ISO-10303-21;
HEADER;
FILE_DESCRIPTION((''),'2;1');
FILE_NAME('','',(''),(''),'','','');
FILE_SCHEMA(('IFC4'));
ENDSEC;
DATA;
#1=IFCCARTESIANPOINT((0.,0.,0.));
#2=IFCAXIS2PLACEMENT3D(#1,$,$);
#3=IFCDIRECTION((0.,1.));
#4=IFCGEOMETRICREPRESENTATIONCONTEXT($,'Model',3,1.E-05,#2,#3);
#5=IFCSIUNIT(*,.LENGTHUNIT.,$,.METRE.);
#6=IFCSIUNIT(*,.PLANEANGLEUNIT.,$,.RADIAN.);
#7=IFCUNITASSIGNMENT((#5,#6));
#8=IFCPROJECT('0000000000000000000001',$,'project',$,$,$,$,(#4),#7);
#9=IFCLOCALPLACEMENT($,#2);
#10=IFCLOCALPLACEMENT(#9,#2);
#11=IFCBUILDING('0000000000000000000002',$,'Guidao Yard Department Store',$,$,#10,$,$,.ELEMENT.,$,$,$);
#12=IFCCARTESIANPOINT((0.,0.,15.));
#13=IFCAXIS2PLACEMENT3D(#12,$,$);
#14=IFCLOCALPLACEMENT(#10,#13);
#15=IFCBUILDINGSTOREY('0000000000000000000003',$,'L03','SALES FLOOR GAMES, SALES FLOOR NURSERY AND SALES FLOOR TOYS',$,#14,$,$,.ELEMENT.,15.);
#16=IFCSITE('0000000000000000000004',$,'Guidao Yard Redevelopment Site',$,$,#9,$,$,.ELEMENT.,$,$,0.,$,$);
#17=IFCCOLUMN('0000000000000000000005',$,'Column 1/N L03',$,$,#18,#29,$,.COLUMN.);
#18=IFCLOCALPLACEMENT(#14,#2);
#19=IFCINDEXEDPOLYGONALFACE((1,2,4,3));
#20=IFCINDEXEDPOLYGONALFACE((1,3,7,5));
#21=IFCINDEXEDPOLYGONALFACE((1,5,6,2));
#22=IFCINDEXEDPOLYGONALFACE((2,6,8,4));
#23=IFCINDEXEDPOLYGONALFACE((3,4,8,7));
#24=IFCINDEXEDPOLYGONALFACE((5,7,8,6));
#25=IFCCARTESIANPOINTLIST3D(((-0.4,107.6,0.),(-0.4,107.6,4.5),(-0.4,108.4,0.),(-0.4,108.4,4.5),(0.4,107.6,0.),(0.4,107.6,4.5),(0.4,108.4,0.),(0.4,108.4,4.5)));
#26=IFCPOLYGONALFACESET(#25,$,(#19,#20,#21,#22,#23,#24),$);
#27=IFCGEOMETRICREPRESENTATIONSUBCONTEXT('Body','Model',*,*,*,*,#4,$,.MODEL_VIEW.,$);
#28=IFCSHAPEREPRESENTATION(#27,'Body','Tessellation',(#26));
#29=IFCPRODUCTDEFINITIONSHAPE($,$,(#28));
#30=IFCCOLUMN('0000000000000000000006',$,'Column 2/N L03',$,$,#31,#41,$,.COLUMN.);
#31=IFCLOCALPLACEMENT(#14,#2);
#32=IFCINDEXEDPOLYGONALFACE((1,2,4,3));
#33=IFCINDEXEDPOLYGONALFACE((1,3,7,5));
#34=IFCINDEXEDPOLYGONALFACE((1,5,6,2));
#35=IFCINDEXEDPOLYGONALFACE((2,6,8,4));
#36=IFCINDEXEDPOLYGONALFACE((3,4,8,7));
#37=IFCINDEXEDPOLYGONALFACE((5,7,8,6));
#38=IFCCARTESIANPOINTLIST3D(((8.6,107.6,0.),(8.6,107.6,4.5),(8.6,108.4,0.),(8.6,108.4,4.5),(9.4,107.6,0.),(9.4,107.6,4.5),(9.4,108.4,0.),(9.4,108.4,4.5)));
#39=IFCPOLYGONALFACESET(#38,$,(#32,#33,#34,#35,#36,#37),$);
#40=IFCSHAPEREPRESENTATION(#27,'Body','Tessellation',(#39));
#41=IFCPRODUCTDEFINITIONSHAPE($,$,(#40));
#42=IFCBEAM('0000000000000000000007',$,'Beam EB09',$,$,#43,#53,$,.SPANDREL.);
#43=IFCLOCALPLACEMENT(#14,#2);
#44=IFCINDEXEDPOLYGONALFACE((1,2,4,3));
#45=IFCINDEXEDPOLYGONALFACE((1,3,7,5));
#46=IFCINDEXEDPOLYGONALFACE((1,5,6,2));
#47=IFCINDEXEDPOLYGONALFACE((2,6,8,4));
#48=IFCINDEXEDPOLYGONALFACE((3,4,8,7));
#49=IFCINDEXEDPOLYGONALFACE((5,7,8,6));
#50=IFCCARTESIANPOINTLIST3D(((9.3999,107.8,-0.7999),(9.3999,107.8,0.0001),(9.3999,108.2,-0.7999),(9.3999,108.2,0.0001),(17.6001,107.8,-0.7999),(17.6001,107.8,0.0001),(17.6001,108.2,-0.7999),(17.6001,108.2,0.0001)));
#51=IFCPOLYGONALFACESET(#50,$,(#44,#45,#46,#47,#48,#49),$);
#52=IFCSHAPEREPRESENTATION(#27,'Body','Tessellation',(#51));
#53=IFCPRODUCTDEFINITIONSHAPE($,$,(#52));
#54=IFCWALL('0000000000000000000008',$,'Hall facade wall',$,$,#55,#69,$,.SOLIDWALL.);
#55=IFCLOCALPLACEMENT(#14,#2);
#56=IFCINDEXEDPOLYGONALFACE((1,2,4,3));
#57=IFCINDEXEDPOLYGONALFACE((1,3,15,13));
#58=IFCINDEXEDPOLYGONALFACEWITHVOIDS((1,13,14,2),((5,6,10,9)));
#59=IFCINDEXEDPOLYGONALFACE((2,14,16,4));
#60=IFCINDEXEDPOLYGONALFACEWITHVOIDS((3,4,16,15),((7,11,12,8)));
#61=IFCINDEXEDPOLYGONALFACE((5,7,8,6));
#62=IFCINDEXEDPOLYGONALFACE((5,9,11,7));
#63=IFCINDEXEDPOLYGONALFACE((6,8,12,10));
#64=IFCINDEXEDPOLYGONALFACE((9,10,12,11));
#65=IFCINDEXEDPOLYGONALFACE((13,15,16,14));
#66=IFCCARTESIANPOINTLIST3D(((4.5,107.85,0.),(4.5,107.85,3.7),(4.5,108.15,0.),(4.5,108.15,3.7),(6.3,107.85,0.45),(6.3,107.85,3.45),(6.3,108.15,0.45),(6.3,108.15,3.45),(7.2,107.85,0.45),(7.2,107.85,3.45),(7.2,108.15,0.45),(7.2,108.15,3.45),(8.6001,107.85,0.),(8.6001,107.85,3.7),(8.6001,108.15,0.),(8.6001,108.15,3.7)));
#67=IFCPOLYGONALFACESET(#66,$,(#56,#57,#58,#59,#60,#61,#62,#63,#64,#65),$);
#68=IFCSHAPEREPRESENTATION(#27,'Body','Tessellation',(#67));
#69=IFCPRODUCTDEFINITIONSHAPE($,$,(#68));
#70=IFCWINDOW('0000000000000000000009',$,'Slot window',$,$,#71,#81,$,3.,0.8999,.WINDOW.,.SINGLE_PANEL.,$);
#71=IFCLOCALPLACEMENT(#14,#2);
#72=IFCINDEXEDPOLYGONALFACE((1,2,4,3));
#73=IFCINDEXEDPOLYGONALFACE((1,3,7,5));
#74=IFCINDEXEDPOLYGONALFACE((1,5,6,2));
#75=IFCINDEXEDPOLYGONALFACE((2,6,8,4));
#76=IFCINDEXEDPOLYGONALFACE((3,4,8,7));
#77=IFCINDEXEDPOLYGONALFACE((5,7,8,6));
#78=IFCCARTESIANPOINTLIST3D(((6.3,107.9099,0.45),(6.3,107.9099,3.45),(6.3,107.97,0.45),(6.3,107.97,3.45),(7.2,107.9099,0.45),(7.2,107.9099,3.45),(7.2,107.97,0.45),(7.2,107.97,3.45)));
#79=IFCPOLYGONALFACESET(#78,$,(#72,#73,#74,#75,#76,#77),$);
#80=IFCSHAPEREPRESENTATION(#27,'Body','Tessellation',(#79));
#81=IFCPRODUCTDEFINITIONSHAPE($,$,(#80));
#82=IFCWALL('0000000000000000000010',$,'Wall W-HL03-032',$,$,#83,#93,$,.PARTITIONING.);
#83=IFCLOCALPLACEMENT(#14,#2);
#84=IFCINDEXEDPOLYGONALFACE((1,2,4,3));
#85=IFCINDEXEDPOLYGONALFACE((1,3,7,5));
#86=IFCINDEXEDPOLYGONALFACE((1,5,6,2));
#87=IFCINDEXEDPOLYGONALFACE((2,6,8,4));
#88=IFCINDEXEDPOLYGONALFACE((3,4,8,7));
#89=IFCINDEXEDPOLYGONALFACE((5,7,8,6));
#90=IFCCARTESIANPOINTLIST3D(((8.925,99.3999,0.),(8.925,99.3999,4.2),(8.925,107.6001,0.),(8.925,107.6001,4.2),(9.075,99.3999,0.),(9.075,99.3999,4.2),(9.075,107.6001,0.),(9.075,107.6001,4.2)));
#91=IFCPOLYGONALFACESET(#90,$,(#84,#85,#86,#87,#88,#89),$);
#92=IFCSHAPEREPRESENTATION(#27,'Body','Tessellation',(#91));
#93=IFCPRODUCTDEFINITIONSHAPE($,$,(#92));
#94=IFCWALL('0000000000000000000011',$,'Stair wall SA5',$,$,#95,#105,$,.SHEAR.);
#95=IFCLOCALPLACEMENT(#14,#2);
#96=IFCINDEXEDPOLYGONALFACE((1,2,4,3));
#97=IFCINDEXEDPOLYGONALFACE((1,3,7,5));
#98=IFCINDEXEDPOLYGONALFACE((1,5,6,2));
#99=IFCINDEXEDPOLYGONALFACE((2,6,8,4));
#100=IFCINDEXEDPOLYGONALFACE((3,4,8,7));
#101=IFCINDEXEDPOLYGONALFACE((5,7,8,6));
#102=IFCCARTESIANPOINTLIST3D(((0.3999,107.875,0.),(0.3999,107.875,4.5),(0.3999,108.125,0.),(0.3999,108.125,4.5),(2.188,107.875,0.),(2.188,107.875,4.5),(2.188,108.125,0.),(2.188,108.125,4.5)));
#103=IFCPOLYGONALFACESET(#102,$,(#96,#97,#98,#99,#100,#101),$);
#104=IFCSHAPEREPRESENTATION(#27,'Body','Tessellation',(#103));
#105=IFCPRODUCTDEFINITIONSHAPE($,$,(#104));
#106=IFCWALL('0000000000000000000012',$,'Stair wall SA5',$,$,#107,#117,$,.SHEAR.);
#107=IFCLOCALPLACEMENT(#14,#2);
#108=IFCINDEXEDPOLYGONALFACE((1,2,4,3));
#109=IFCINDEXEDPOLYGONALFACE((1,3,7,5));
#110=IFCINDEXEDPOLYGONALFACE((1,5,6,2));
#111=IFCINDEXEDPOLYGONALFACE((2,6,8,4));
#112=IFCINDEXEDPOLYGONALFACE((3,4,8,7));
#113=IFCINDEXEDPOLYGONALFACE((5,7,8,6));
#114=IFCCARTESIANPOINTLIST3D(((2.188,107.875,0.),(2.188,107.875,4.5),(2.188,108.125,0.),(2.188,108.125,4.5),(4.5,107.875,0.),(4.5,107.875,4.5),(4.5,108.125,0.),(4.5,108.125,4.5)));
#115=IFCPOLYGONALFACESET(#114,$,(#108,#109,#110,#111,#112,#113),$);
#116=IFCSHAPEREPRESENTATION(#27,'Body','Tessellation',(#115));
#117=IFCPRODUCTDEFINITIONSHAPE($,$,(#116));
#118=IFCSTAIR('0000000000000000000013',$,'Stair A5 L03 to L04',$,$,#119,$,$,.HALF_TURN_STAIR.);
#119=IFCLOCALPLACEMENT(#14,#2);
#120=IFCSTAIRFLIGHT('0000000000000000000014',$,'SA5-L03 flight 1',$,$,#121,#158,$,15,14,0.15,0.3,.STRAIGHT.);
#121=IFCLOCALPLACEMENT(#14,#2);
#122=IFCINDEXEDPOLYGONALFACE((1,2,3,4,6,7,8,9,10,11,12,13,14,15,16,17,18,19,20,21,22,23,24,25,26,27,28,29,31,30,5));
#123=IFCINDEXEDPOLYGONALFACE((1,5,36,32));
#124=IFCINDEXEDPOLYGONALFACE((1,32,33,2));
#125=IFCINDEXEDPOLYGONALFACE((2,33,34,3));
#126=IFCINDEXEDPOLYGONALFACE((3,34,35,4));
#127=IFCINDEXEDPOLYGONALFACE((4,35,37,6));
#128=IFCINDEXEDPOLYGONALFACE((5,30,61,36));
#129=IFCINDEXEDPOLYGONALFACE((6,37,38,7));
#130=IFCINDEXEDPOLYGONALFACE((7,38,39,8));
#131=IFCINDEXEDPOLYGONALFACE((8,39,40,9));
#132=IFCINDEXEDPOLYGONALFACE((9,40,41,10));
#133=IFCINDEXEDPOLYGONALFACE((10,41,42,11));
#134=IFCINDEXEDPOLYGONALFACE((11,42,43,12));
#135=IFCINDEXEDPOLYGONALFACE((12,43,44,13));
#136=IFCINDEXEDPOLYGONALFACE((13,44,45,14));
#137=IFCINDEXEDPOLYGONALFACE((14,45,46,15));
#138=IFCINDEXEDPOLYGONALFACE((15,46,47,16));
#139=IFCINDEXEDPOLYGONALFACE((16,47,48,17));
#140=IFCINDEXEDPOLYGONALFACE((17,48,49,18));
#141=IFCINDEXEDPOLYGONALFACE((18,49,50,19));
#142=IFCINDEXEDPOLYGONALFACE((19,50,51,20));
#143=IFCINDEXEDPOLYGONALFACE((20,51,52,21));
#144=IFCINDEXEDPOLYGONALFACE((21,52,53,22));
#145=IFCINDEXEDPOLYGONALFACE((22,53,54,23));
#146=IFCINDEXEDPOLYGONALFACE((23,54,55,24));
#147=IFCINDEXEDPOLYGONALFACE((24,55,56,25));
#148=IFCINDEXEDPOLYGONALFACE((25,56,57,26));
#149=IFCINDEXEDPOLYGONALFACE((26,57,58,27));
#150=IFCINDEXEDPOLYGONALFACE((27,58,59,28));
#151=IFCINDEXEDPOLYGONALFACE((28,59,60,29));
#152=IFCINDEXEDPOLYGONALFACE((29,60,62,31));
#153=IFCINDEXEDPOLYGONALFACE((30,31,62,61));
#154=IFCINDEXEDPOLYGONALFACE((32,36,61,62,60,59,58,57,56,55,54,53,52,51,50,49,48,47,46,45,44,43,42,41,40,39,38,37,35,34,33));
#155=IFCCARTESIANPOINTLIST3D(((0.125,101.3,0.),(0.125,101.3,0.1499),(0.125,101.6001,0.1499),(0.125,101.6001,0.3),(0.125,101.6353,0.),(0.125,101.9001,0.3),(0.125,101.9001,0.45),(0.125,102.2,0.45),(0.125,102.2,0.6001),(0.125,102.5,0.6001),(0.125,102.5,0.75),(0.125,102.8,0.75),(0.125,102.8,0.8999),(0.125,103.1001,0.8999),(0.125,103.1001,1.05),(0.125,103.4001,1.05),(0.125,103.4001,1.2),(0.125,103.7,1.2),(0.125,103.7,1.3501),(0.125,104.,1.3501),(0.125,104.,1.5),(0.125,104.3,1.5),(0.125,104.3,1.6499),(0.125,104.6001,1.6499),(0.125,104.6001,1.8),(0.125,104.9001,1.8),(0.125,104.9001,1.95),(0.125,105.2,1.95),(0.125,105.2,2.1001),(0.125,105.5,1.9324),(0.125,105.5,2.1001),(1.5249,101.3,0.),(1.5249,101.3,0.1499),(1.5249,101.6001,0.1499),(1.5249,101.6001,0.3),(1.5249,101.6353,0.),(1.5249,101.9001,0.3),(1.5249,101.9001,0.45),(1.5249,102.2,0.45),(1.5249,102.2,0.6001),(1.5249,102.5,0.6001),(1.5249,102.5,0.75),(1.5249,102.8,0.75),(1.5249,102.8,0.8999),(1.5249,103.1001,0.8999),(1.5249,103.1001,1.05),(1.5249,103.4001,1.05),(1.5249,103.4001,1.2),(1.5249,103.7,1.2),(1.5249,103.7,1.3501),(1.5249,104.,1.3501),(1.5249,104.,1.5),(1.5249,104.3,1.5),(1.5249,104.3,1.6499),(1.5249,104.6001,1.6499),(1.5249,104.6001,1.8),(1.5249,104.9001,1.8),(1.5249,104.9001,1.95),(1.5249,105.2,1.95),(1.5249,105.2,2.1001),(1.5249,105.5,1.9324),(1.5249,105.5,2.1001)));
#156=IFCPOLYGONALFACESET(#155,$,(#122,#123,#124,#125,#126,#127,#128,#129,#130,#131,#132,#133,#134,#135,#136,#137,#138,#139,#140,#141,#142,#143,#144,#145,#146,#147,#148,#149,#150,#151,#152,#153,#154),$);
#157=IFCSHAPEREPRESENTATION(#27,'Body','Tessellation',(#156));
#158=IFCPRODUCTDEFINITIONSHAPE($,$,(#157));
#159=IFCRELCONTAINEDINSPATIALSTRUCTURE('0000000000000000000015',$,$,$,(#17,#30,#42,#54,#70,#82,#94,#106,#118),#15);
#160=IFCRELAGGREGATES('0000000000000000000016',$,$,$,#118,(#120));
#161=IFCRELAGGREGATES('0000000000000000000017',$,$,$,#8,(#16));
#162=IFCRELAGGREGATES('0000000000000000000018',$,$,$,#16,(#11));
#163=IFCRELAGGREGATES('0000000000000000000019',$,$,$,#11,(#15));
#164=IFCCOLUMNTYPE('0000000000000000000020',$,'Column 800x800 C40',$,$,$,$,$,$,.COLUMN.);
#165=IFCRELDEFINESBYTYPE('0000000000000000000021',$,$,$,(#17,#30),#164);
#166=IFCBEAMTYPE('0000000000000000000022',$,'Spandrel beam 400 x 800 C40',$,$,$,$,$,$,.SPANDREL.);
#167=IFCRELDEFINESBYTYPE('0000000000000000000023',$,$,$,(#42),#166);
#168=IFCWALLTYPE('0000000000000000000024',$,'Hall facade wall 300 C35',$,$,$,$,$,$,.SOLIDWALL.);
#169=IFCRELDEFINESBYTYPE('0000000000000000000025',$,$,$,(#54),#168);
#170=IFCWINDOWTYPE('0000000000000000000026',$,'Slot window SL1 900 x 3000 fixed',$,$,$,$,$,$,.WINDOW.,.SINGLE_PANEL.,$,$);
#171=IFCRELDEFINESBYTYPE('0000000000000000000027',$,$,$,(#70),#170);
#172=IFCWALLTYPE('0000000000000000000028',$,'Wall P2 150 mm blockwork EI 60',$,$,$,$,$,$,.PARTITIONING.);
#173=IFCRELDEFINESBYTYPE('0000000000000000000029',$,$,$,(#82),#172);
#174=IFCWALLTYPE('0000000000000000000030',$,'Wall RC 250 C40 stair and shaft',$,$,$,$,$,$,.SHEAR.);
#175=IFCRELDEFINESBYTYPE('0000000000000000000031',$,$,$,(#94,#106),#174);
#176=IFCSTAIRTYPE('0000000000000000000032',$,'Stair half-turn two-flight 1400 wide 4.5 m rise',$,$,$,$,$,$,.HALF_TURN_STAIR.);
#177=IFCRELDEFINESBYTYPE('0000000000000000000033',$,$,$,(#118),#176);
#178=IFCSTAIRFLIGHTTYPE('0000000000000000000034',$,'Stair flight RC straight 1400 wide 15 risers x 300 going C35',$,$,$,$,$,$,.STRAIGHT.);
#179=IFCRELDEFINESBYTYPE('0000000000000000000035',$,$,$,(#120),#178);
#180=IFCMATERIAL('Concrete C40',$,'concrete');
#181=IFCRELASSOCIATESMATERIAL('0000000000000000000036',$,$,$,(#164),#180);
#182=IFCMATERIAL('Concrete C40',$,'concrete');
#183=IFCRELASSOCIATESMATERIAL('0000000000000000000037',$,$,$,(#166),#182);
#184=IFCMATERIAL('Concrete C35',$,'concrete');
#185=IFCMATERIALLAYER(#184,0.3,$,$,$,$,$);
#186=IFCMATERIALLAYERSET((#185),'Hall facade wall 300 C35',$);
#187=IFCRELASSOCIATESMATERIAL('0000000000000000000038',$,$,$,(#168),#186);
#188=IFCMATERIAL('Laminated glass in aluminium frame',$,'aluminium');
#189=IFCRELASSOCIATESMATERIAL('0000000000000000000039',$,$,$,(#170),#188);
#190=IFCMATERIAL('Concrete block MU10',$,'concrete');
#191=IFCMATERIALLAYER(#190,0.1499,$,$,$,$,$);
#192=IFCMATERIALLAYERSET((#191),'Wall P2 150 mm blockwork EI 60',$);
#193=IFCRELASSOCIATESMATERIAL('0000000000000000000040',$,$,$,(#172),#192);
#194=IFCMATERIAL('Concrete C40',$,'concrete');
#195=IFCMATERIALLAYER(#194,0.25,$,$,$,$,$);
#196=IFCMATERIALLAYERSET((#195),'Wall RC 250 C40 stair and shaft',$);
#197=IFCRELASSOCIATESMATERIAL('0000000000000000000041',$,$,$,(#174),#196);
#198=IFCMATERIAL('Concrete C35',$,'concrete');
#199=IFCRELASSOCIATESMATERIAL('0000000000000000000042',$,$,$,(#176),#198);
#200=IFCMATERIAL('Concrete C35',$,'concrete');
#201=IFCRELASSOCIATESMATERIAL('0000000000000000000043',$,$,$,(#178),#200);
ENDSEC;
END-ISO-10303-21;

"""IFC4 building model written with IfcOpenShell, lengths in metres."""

from ifc_helpers import new_model, si_unit, direction, frame, frame_2d, origin, origin_2d, place, context, subcontext, project, spatial, polyline, rectangle, outline, extrude, material, layer, layer_set, material_profile, profile_set, type_object, element, fill, aggregate, save


model = new_model("IFC4")

# Units and contexts
model_context = context("Model", 3, precision=1e-05, world=origin(), true_north=direction((0.0, 1.0)))
body_context = subcontext(model_context, "Body", "Model", "MODEL_VIEW")
ifc_project = project(units=[si_unit("LENGTHUNIT", "METRE"), si_unit("PLANEANGLEUNIT", "RADIAN")], contexts=[model_context])

# Site, building, storey
site_placement = place(None, origin())
site = spatial("IfcSite", under=ifc_project, at=site_placement, Name="Guidao Yard Redevelopment Site", CompositionType="ELEMENT", RefElevation=0.0)
building_placement = place(site_placement, origin())
building = spatial("IfcBuilding", under=site, at=building_placement, Name="Guidao Yard Department Store", CompositionType="ELEMENT")
storey_placement = place(building_placement, frame((0.0, 0.0, 15.0)))
storey = spatial("IfcBuildingStorey", under=building, at=storey_placement, Name="L03", Description="SALES FLOOR GAMES, SALES FLOOR NURSERY AND SALES FLOOR TOYS", CompositionType="ELEMENT", Elevation=15.0)

# Columns
ifc_material_1 = material(Name="Concrete C40", Category="concrete")
ifc_material_profile_1 = material_profile(ifc_material_1, rectangle(XDim=0.8, YDim=0.8, at=origin_2d()), Name="COL 800x800")
ifc_profile_set_1 = profile_set([ifc_material_profile_1], Name="Concrete C40")
column_type = type_object("IfcColumnType", Name="Column 800x800 C40", PredefinedType="COLUMN", material=ifc_profile_set_1)
for number, where, z_axis, x_axis, name in (
    (1, (0.0, 108.0, 0.0), (0.0, 0.0, 1.0), (1.0, 0.0, 0.0), "Column 1/N L03"),
    (2, (9.0, 108.0, 0.0), (0.0, 0.0, 1.0), (1.0, 0.0, 0.0), "Column 2/N L03"),
):
    element("IfcColumn", number, at=place(storey_placement, frame(where, z_axis=z_axis, x_axis=x_axis)), inside=storey, type_object=column_type, Name=name, PredefinedType="COLUMN", context=body_context, shape_type="SweptSolid", body=[
        extrude(rectangle(XDim=0.8, YDim=0.8, at=origin_2d()), origin(), (0.0, 0.0, 1.0), 4.5),
    ])

# Beam
ifc_material_2 = material(Name="Concrete C40", Category="concrete")
ifc_material_profile_2 = material_profile(ifc_material_2, rectangle(XDim=0.3999, YDim=0.8, at=origin_2d()), Name="Spandrel beam 400 x 800 C40")
ifc_profile_set_2 = profile_set([ifc_material_profile_2], Name="Concrete C40")
beam_type = type_object("IfcBeamType", Name="Spandrel beam 400 x 800 C40", PredefinedType="SPANDREL", material=ifc_profile_set_2)
beam_placement = place(storey_placement, frame((9.3999, 108.0, -0.3999), z_axis=(1.0, 0.0, 0.0), x_axis=(0.0, 1.0, 0.0)))
element("IfcBeam", 3, at=beam_placement, inside=storey, type_object=beam_type, Name="Beam EB09", PredefinedType="SPANDREL", context=body_context, shape_type="SweptSolid", body=[
    extrude(rectangle(XDim=0.3999, YDim=0.8, at=origin_2d()), origin(), (0.0, 0.0, 1.0), 8.2002),
])

# Wall, opening, window
ifc_material_3 = material(Name="Concrete C35", Category="concrete")
ifc_layer_1 = layer(ifc_material_3, 0.3)
ifc_layer_set_1 = layer_set([ifc_layer_1], Name="Hall facade wall 300 C35")
wall_type_1 = type_object("IfcWallType", Name="Hall facade wall 300 C35", PredefinedType="SOLIDWALL", material=ifc_layer_set_1)
wall_1_placement = place(storey_placement, frame((4.5, 108.0, 0.0), z_axis=(0.0, 0.0, 1.0), x_axis=(1.0, 0.0, 0.0)))
wall_1 = element("IfcWall", 4, at=wall_1_placement, inside=storey, type_object=wall_type_1, Name="Hall facade wall", PredefinedType="SOLIDWALL", context=body_context, shape_type="SweptSolid", body=[
    extrude(rectangle(XDim=4.1001, YDim=0.3, at=frame_2d((2.05, 0.0))), origin(), (0.0, 0.0, 1.0), 3.7),
])
opening_placement = place(wall_1_placement, frame((1.8, 0.0, 0.45)))
opening = element("IfcOpeningElement", 5, at=opening_placement, cuts=wall_1, PredefinedType="OPENING", context=body_context, shape_type="SweptSolid", body=[
    extrude(rectangle(XDim=0.8999, YDim=3.0, at=frame_2d((0.45, 1.5))), frame((0.0, 0.1599, 0.0), z_axis=(0.0, -1.0, 0.0), x_axis=(1.0, 0.0, 0.0)), (0.0, 0.0, 1.0), 0.3201),
])
ifc_material_4 = material(Name="Laminated glass in aluminium frame", Category="aluminium")
window_type = type_object("IfcWindowType", Name="Slot window SL1 900 x 3000 fixed", PartitioningType="SINGLE_PANEL", PredefinedType="WINDOW", material=ifc_material_4)
window_placement = place(opening_placement, origin())
window = element("IfcWindow", 6, at=window_placement, inside=storey, type_object=window_type, Name="Slot window", OverallHeight=3.0, OverallWidth=0.8999, PartitioningType="SINGLE_PANEL", PredefinedType="WINDOW", context=body_context, shape_type="SweptSolid", body=[
    extrude(rectangle(XDim=0.8999, YDim=3.0, at=frame_2d((0.45, 1.5))), frame((0.0, -0.03, 0.0), z_axis=(0.0, -1.0, 0.0), x_axis=(1.0, 0.0, 0.0)), (0.0, 0.0, 1.0), 0.0601),
])
fill(opening, window)

# Walls
ifc_material_5 = material(Name="Concrete block MU10", Category="concrete")
ifc_layer_2 = layer(ifc_material_5, 0.1499)
ifc_layer_set_2 = layer_set([ifc_layer_2], Name="Wall P2 150 mm blockwork EI 60")
wall_type_2 = type_object("IfcWallType", Name="Wall P2 150 mm blockwork EI 60", PredefinedType="PARTITIONING", material=ifc_layer_set_2)
wall_2_placement = place(storey_placement, frame((9.0, 99.3999, 0.0), z_axis=(0.0, 0.0, 1.0), x_axis=(0.0, 1.0, 0.0)))
element("IfcWall", 7, at=wall_2_placement, inside=storey, type_object=wall_type_2, Name="Wall W-HL03-032", PredefinedType="PARTITIONING", context=body_context, shape_type="SweptSolid", body=[
    extrude(rectangle(XDim=8.2002, YDim=0.1499, at=frame_2d((4.1001, 0.0))), origin(), (0.0, 0.0, 1.0), 4.2),
])
ifc_material_6 = material(Name="Concrete C40", Category="concrete")
ifc_layer_3 = layer(ifc_material_6, 0.25)
ifc_layer_set_3 = layer_set([ifc_layer_3], Name="Wall RC 250 C40 stair and shaft")
wall_type_3 = type_object("IfcWallType", Name="Wall RC 250 C40 stair and shaft", PredefinedType="SHEAR", material=ifc_layer_set_3)
wall_3_placement = place(storey_placement, frame((0.3999, 108.0, 0.0), z_axis=(0.0, 0.0, 1.0), x_axis=(1.0, 0.0, 0.0)))
element("IfcWall", 8, at=wall_3_placement, inside=storey, type_object=wall_type_3, Name="Stair wall SA5", PredefinedType="SHEAR", context=body_context, shape_type="SweptSolid", body=[
    extrude(rectangle(XDim=1.7881, YDim=0.25, at=frame_2d((0.894, 0.0))), origin(), (0.0, 0.0, 1.0), 4.5),
])
wall_4_placement = place(storey_placement, frame((2.188, 108.0, 0.0), z_axis=(0.0, 0.0, 1.0), x_axis=(1.0, 0.0, 0.0)))
element("IfcWall", 9, at=wall_4_placement, inside=storey, type_object=wall_type_3, Name="Stair wall SA5", PredefinedType="SHEAR", context=body_context, shape_type="SweptSolid", body=[
    extrude(rectangle(XDim=2.312, YDim=0.25, at=frame_2d((1.156, 0.0))), origin(), (0.0, 0.0, 1.0), 4.5),
])

# Stair, stair flight
ifc_material_7 = material(Name="Concrete C35", Category="concrete")
stair_type = type_object("IfcStairType", Name="Stair half-turn two-flight 1400 wide 4.5 m rise", PredefinedType="HALF_TURN_STAIR", material=ifc_material_7)
stair_placement = place(storey_placement, origin())
stair = element("IfcStair", 10, at=stair_placement, inside=storey, type_object=stair_type, Name="Stair A5 L03 to L04", PredefinedType="HALF_TURN_STAIR")
ifc_material_8 = material(Name="Concrete C35", Category="concrete")
stair_flight_type = type_object("IfcStairFlightType", Name="Stair flight RC straight 1400 wide 15 risers x 300 going C35", PredefinedType="STRAIGHT", material=ifc_material_8)
stair_flight_1_placement = place(storey_placement, frame((0.825, 101.3, 0.0), z_axis=(0.0, 0.0, 1.0), x_axis=(0.0, 1.0, 0.0)))
stair_flight_1 = element("IfcStairFlight", 11, at=stair_flight_1_placement, type_object=stair_flight_type, Name="SA5-L03 flight 1", NumberOfRisers=15, NumberOfTreads=14, PredefinedType="STRAIGHT", RiserHeight=0.15, TreadLength=0.3, context=body_context, shape_type="SweptSolid", body=[
    extrude(outline(polyline([(0.0, 0.0), (0.0, 0.1499), (0.3, 0.1499), (0.3, 0.3), (0.6001, 0.3), (0.6001, 0.45), (0.8999, 0.45), (0.8999, 0.6001), (1.2, 0.6001), (1.2, 0.75), (1.5, 0.75), (1.5, 0.8999), (1.8, 0.8999), (1.8, 1.05), (2.1001, 1.05), (2.1001, 1.2), (2.3999, 1.2), (2.3999, 1.3501), (2.7, 1.3501), (2.7, 1.5), (3.0, 1.5), (3.0, 1.6499), (3.3, 1.6499), (3.3, 1.8), (3.6001, 1.8), (3.6001, 1.95), (3.8999, 1.95), (3.8999, 2.1001), (4.2, 2.1001), (4.2, 2.25), (4.2, 1.9324), (0.3352, 0.0), (0.0, 0.0)])), frame((0.0, 0.7, 0.0), z_axis=(0.0, -1.0, 0.0), x_axis=(1.0, 0.0, 0.0)), (0.0, 0.0, 1.0), 1.3999),
])
aggregate(stair, [stair_flight_1])

save(model, "model.ifc")
